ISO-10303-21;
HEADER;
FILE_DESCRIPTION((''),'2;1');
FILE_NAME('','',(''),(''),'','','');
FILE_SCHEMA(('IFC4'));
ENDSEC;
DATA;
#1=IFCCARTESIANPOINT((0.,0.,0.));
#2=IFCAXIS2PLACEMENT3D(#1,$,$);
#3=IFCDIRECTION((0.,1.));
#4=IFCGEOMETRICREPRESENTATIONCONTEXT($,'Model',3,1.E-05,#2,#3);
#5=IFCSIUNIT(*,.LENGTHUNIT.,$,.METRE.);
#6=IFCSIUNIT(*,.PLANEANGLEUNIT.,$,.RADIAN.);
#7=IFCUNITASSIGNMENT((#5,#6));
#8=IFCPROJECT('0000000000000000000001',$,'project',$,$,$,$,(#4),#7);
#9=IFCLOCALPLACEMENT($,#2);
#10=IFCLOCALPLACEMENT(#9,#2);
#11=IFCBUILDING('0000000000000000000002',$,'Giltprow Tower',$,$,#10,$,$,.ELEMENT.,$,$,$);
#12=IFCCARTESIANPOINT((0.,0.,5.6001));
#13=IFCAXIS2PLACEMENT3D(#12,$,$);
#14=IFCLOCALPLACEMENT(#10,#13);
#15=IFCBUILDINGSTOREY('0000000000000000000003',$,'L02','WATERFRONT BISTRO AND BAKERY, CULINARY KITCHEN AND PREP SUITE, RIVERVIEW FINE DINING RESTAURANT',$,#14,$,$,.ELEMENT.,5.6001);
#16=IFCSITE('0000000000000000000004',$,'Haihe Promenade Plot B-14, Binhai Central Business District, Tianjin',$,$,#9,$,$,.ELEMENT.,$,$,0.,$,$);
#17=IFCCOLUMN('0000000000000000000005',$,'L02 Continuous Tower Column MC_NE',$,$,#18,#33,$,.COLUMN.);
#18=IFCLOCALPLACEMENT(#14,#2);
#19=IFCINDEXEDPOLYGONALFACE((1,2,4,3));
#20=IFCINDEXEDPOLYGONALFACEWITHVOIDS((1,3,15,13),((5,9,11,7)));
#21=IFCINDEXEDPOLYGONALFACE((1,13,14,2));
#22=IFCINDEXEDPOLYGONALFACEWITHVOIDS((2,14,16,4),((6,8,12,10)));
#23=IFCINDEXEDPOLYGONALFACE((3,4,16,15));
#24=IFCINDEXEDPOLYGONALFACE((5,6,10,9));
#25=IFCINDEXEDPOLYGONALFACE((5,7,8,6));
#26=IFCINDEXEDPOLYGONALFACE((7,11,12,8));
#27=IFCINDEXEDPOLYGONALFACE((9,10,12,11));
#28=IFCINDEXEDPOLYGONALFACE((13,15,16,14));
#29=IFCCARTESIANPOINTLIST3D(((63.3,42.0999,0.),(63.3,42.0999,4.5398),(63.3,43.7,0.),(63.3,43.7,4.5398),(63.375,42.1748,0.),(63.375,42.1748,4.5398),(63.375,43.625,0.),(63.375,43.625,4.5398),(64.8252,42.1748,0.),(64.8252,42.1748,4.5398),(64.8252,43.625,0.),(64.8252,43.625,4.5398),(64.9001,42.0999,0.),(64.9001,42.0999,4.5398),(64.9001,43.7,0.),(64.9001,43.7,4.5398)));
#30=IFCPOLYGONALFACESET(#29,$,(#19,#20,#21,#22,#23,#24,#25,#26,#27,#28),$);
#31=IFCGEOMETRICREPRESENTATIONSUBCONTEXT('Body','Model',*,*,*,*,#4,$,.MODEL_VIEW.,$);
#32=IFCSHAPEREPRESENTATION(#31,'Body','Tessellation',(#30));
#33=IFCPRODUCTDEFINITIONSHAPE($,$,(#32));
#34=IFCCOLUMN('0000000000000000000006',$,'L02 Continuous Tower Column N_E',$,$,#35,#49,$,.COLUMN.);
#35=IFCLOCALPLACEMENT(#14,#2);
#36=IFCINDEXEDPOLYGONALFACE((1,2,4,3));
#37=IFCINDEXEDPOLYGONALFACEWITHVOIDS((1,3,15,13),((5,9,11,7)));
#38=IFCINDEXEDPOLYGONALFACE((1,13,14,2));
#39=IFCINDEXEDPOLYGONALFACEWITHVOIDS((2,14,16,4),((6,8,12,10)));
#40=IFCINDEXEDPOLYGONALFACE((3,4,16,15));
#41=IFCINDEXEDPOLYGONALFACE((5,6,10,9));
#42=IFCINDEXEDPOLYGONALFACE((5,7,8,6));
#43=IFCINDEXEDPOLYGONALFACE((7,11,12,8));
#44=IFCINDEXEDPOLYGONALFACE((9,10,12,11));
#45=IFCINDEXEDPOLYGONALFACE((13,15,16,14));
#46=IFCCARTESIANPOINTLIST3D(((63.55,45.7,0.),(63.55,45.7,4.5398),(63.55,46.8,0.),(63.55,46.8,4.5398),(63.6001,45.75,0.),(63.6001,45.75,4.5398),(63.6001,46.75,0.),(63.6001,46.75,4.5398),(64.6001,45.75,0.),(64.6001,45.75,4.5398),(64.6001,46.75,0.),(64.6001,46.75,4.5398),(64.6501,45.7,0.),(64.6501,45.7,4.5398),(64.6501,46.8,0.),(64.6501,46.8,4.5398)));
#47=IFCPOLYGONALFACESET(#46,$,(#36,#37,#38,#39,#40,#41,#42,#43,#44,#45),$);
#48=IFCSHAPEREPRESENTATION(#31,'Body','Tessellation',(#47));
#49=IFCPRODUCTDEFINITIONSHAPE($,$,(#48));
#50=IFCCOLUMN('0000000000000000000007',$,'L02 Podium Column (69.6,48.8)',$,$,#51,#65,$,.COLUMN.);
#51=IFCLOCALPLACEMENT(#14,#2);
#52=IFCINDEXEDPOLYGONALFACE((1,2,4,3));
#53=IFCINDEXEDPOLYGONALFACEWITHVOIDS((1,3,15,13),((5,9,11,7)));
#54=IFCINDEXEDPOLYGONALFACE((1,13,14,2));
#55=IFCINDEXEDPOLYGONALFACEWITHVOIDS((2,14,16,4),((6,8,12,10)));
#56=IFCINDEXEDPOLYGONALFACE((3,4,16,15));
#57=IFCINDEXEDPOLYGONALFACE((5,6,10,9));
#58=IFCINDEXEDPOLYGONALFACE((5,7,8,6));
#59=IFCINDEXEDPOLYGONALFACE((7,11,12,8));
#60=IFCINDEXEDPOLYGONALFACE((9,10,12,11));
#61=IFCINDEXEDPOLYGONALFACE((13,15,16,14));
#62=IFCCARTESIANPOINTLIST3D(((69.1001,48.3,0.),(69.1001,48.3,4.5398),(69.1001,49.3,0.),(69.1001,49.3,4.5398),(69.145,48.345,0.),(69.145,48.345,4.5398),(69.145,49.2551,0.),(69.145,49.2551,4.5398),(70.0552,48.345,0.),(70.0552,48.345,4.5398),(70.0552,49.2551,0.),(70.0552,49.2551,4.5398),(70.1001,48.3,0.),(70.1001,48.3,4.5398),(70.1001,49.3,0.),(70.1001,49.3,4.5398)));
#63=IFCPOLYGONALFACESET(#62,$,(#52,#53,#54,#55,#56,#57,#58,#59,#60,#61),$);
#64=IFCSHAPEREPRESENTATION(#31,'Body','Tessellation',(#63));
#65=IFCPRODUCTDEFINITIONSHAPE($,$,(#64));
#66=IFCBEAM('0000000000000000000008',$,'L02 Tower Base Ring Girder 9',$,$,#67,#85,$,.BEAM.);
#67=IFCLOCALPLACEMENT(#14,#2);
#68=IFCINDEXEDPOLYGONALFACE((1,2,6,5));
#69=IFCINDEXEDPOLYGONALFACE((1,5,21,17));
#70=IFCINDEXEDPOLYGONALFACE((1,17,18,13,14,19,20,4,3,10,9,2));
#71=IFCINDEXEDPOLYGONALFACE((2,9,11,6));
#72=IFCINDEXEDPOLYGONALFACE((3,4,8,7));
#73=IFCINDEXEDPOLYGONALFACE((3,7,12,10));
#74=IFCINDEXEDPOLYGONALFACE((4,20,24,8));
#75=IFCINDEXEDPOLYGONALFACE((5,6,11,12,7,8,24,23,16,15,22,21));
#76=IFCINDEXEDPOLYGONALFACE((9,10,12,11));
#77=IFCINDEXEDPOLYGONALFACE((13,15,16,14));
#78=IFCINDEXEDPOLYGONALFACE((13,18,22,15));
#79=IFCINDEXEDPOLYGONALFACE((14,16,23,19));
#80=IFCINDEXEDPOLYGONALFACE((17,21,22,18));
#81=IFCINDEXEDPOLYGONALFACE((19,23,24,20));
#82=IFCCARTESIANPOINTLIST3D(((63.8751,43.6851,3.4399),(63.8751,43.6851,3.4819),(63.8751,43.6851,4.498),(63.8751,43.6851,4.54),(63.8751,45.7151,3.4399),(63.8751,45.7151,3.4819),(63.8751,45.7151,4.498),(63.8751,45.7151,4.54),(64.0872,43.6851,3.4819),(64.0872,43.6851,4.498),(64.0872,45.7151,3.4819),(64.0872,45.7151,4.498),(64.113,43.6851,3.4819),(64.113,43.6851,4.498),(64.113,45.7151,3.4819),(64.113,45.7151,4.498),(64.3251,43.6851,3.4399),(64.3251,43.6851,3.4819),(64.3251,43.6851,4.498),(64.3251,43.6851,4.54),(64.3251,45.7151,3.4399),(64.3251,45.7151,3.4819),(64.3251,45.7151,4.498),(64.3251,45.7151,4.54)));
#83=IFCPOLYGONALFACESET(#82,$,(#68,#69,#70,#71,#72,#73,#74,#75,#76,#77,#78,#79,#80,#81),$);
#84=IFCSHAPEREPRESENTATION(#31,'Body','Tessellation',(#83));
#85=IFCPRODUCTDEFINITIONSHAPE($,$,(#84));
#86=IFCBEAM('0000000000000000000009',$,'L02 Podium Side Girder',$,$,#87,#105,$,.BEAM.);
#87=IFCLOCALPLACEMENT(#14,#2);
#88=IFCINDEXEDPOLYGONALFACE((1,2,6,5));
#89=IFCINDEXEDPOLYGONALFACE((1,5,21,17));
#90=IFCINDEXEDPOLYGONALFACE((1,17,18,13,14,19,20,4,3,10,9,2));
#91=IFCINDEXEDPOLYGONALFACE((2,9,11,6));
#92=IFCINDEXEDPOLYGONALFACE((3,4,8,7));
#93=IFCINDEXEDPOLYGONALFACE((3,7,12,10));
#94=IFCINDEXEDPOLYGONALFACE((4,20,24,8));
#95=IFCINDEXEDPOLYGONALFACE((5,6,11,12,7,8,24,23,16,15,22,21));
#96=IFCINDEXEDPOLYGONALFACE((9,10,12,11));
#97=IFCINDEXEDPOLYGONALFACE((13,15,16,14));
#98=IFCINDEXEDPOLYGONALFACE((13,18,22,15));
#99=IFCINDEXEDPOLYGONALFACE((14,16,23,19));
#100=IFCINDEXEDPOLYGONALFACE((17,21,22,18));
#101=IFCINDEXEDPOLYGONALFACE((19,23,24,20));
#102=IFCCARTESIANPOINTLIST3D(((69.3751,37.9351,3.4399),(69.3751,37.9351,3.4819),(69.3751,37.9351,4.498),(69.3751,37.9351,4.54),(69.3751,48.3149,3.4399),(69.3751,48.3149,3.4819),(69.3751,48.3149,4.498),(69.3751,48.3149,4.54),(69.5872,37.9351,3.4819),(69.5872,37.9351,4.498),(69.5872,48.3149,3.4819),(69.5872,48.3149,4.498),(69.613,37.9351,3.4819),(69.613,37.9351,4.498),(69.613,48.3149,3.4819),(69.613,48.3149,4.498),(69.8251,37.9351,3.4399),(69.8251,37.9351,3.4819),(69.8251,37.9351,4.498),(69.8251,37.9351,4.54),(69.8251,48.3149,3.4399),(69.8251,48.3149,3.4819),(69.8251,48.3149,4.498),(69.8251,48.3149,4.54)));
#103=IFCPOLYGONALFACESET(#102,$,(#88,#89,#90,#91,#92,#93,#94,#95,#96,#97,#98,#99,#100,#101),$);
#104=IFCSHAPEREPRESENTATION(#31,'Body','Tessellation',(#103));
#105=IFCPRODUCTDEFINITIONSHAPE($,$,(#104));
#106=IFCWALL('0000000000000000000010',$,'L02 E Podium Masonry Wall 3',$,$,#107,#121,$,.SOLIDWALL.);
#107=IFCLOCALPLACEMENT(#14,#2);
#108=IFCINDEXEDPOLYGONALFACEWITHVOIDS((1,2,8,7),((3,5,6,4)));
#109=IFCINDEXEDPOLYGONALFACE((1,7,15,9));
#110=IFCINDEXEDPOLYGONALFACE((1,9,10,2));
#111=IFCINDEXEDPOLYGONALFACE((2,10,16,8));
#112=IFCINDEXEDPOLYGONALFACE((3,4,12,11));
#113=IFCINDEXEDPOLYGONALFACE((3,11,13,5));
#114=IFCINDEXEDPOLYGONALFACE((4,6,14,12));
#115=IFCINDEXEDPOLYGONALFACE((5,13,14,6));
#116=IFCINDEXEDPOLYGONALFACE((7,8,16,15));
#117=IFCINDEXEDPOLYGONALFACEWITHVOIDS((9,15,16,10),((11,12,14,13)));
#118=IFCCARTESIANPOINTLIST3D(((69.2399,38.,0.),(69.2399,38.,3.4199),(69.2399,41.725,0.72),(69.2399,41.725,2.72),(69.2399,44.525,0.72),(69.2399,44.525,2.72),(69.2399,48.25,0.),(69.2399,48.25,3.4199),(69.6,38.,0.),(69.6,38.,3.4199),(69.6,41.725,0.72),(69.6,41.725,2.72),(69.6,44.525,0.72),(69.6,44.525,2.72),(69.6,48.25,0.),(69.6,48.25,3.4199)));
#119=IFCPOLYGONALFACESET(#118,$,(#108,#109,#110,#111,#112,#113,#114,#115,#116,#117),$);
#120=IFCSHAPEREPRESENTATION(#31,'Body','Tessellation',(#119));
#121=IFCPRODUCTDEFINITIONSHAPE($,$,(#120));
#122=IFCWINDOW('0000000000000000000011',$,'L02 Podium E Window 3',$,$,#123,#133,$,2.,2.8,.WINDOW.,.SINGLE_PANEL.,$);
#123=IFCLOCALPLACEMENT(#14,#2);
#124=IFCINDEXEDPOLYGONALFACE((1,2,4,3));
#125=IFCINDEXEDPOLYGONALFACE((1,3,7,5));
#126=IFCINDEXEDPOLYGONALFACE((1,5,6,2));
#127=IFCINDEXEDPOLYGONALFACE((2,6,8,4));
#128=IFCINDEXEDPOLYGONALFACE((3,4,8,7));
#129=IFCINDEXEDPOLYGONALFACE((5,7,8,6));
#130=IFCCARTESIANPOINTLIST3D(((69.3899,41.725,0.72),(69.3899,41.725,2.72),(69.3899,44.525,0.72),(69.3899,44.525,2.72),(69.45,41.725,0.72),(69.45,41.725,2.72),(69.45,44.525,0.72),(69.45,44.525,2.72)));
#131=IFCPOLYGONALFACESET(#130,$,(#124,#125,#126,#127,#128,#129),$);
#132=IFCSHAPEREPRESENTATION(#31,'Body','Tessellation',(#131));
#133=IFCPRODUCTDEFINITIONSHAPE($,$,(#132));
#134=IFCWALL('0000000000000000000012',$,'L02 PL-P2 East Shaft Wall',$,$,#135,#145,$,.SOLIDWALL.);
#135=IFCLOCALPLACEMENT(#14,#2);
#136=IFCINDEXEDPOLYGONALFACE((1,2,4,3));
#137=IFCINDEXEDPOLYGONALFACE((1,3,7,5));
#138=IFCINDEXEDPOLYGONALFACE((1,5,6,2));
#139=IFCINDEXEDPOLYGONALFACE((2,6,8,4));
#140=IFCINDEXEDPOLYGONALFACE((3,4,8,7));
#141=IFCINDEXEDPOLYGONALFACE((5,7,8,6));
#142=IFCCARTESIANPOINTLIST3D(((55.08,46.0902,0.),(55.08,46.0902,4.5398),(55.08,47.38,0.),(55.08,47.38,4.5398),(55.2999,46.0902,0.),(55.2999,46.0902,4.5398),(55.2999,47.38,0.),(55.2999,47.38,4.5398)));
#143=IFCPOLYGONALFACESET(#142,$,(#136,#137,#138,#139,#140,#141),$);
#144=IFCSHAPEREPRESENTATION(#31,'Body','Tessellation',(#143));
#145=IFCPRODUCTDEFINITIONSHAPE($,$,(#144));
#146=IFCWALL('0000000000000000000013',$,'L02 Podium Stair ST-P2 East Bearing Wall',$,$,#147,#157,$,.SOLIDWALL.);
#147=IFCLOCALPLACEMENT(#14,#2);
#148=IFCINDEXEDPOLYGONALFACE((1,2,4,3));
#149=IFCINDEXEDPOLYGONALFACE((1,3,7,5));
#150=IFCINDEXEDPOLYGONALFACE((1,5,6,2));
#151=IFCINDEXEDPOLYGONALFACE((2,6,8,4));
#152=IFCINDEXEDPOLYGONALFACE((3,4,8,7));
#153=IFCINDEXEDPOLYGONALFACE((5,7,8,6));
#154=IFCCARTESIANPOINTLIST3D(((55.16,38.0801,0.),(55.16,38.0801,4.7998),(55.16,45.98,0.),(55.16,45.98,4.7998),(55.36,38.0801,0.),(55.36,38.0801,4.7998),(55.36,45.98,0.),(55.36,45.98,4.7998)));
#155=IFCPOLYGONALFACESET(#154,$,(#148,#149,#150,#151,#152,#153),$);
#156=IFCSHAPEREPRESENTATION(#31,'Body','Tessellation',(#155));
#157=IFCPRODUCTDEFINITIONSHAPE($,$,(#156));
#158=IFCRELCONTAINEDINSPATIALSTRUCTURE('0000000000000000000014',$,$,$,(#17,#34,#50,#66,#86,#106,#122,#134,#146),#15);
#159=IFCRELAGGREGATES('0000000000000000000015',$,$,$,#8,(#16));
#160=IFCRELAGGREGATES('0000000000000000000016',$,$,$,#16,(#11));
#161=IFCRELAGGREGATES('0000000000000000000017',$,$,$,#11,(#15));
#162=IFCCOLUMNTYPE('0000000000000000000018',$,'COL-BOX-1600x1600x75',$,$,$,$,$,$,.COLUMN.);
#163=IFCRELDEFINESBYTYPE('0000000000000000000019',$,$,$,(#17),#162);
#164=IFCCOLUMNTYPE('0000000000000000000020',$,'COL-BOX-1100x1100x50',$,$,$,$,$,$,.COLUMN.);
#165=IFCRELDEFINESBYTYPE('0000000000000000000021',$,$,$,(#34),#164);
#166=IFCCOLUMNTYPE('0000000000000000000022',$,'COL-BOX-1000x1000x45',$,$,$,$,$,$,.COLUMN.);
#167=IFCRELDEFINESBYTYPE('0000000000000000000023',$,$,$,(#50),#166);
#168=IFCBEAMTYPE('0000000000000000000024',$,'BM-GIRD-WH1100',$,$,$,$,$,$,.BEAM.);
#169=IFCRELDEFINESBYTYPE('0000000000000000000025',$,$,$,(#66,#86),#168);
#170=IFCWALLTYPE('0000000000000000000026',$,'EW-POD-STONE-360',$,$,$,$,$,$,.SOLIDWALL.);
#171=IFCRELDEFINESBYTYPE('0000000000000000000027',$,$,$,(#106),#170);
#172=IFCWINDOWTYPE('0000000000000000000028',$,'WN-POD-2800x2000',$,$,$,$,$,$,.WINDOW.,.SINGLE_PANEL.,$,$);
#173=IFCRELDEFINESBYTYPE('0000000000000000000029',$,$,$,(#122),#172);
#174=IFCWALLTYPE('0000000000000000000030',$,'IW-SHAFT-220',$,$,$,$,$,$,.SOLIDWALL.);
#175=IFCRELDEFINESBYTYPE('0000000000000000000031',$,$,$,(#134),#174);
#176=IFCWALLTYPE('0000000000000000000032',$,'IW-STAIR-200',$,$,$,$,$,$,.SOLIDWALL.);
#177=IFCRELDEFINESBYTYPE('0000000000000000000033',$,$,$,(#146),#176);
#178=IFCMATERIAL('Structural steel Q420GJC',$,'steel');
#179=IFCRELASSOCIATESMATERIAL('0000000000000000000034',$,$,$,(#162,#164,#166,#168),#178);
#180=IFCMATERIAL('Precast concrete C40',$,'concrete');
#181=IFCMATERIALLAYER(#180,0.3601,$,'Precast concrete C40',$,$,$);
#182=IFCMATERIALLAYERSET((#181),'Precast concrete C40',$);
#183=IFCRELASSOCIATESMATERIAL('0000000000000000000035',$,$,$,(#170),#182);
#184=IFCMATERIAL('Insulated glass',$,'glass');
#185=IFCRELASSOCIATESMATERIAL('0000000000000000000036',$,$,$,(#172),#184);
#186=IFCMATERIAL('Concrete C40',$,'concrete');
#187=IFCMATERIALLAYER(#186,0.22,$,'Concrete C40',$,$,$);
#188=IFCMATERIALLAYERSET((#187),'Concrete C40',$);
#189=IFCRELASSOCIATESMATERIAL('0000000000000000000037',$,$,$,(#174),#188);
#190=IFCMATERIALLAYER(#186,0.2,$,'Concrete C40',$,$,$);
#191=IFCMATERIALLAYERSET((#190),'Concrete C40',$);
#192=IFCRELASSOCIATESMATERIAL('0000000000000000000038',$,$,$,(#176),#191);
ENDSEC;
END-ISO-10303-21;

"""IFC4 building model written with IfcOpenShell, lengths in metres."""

from ifc_helpers import new_model, si_unit, direction, frame, frame_2d, origin, origin_2d, place, context, subcontext, project, spatial, rectangle, hollow_rectangle, i_section, extrude, source, transform, mapped, material, layer, layer_set, material_profile, profile_set, type_object, element, fill, save


model = new_model("IFC4")

# Units and contexts
model_context = context("Model", 3, precision=1e-05, world=origin(), true_north=direction((0.0, 1.0)))
body_context = subcontext(model_context, "Body", "Model", "MODEL_VIEW")
ifc_project = project(units=[si_unit("LENGTHUNIT", "METRE"), si_unit("PLANEANGLEUNIT", "RADIAN")], contexts=[model_context])

# Site, building, storey
site_placement = place(None, origin())
site = spatial("IfcSite", under=ifc_project, at=site_placement, Name="Haihe Promenade Plot B-14, Binhai Central Business District, Tianjin", CompositionType="ELEMENT", RefElevation=0.0)
building_placement = place(site_placement, origin())
building = spatial("IfcBuilding", under=site, at=building_placement, Name="Giltprow Tower", CompositionType="ELEMENT")
storey_placement = place(building_placement, frame((0.0, 0.0, 5.6001)))
storey = spatial("IfcBuildingStorey", under=building, at=storey_placement, Name="L02", Description="WATERFRONT BISTRO AND BAKERY, CULINARY KITCHEN AND PREP SUITE, RIVERVIEW FINE DINING RESTAURANT", CompositionType="ELEMENT", Elevation=5.6001)

# Columns
ifc_material_1 = material(Name="Structural steel Q420GJC", Category="steel")
ifc_material_profile_1 = material_profile(ifc_material_1, hollow_rectangle(XDim=1.6001, YDim=1.6001, WallThickness=0.075, at=origin_2d()), Name="BOX 1600x1600x75")
ifc_profile_set_1 = profile_set([ifc_material_profile_1], Name="Structural steel Q420GJC")
column_type_1 = type_object("IfcColumnType", Name="COL-BOX-1600x1600x75", PredefinedType="COLUMN", material=ifc_profile_set_1)
shared_shape_1 = source(origin(), body_context, "Body", "SweptSolid", [
    extrude(hollow_rectangle(XDim=1.6001, YDim=1.6001, WallThickness=0.075, at=origin_2d()), origin(), (0.0, 0.0, 1.0), 4.5398),
])
column_1_placement = place(storey_placement, frame((64.1001, 42.8999, 0.0), z_axis=(0.0, 0.0, 1.0), x_axis=(1.0, 0.0, 0.0)))
element("IfcColumn", 1, at=column_1_placement, inside=storey, type_object=column_type_1, Name="L02 Continuous Tower Column MC_NE", PredefinedType="COLUMN", context=body_context, shape_type="MappedRepresentation", body=[
    mapped(shared_shape_1, transform((0.0, 0.0, 0.0), x_axis=(1.0, 0.0, 0.0), y_axis=(0.0, 1.0, 0.0), z_axis=(0.0, 0.0, 1.0), scale=1.0)),
])
ifc_material_profile_2 = material_profile(ifc_material_1, hollow_rectangle(XDim=1.1001, YDim=1.1001, WallThickness=0.05, at=origin_2d()), Name="BOX 1100x1100x50")
ifc_profile_set_2 = profile_set([ifc_material_profile_2], Name="Structural steel Q420GJC")
column_type_2 = type_object("IfcColumnType", Name="COL-BOX-1100x1100x50", PredefinedType="COLUMN", material=ifc_profile_set_2)
shared_shape_2 = source(origin(), body_context, "Body", "SweptSolid", [
    extrude(hollow_rectangle(XDim=1.1001, YDim=1.1001, WallThickness=0.05, at=origin_2d()), origin(), (0.0, 0.0, 1.0), 4.5398),
])
column_2_placement = place(storey_placement, frame((64.1001, 46.25, 0.0), z_axis=(0.0, 0.0, 1.0), x_axis=(1.0, 0.0, 0.0)))
element("IfcColumn", 2, at=column_2_placement, inside=storey, type_object=column_type_2, Name="L02 Continuous Tower Column N_E", PredefinedType="COLUMN", context=body_context, shape_type="MappedRepresentation", body=[
    mapped(shared_shape_2, transform((0.0, 0.0, 0.0), x_axis=(1.0, 0.0, 0.0), y_axis=(0.0, 1.0, 0.0), z_axis=(0.0, 0.0, 1.0), scale=1.0)),
])
ifc_material_profile_3 = material_profile(ifc_material_1, hollow_rectangle(XDim=1.0, YDim=1.0, WallThickness=0.0449, at=origin_2d()), Name="BOX 1000x1000x45")
ifc_profile_set_3 = profile_set([ifc_material_profile_3], Name="Structural steel Q420GJC")
column_type_3 = type_object("IfcColumnType", Name="COL-BOX-1000x1000x45", PredefinedType="COLUMN", material=ifc_profile_set_3)
shared_shape_3 = source(origin(), body_context, "Body", "SweptSolid", [
    extrude(hollow_rectangle(XDim=1.0, YDim=1.0, WallThickness=0.0449, at=origin_2d()), origin(), (0.0, 0.0, 1.0), 4.5398),
])
column_3_placement = place(storey_placement, frame((69.6001, 48.8, 0.0), z_axis=(0.0, 0.0, 1.0), x_axis=(1.0, 0.0, 0.0)))
element("IfcColumn", 3, at=column_3_placement, inside=storey, type_object=column_type_3, Name="L02 Podium Column (69.6,48.8)", PredefinedType="COLUMN", context=body_context, shape_type="MappedRepresentation", body=[
    mapped(shared_shape_3, transform((0.0, 0.0, 0.0), x_axis=(1.0, 0.0, 0.0), y_axis=(0.0, 1.0, 0.0), z_axis=(0.0, 0.0, 1.0), scale=1.0)),
])

# Beams
ifc_material_profile_4 = material_profile(ifc_material_1, i_section(OverallWidth=0.45, OverallDepth=1.1001, WebThickness=0.0259, FlangeThickness=0.042, at=origin_2d()), Name="WH 1100x450x26x42")
ifc_profile_set_4 = profile_set([ifc_material_profile_4], Name="Structural steel Q420GJC")
beam_type = type_object("IfcBeamType", Name="BM-GIRD-WH1100", PredefinedType="BEAM", material=ifc_profile_set_4)
shared_shape_4 = source(origin(), body_context, "Body", "SweptSolid", [
    extrude(i_section(OverallWidth=0.45, OverallDepth=1.1001, WebThickness=0.0259, FlangeThickness=0.042, at=origin_2d()), origin(), (0.0, 0.0, 1.0), 2.03),
])
beam_1_placement = place(storey_placement, frame((64.1001, 43.6851, 3.99), z_axis=(0.0, 1.0, 0.0), x_axis=(-1.0, 0.0, 0.0)))
element("IfcBeam", 4, at=beam_1_placement, inside=storey, type_object=beam_type, Name="L02 Tower Base Ring Girder 9", PredefinedType="BEAM", context=body_context, shape_type="MappedRepresentation", body=[
    mapped(shared_shape_4, transform((0.0, 0.0, 0.0), x_axis=(1.0, 0.0, 0.0), y_axis=(0.0, 1.0, 0.0), z_axis=(0.0, 0.0, 1.0), scale=1.0)),
])
shared_shape_5 = source(origin(), body_context, "Body", "SweptSolid", [
    extrude(i_section(OverallWidth=0.45, OverallDepth=1.1001, WebThickness=0.0259, FlangeThickness=0.042, at=origin_2d()), origin(), (0.0, 0.0, 1.0), 10.3799),
])
beam_2_placement = place(storey_placement, frame((69.6001, 37.9351, 3.99), z_axis=(0.0, 1.0, 0.0), x_axis=(-1.0, 0.0, 0.0)))
element("IfcBeam", 5, at=beam_2_placement, inside=storey, type_object=beam_type, Name="L02 Podium Side Girder", PredefinedType="BEAM", context=body_context, shape_type="MappedRepresentation", body=[
    mapped(shared_shape_5, transform((0.0, 0.0, 0.0), x_axis=(1.0, 0.0, 0.0), y_axis=(0.0, 1.0, 0.0), z_axis=(0.0, 0.0, 1.0), scale=1.0)),
])

# Wall, opening, window
ifc_material_2 = material(Name="Precast concrete C40", Category="concrete")
ifc_layer_1 = layer(ifc_material_2, 0.3601, Name="Precast concrete C40")
ifc_layer_set_1 = layer_set([ifc_layer_1], Name="Precast concrete C40")
wall_type_1 = type_object("IfcWallType", Name="EW-POD-STONE-360", PredefinedType="SOLIDWALL", material=ifc_layer_set_1)
wall_1_placement = place(storey_placement, frame((69.4199, 38.0, 0.0), z_axis=(0.0, 0.0, 1.0), x_axis=(0.0, 1.0, 0.0)))
wall_1 = element("IfcWall", 6, at=wall_1_placement, inside=storey, type_object=wall_type_1, Name="L02 E Podium Masonry Wall 3", PredefinedType="SOLIDWALL", context=body_context, shape_type="SweptSolid", body=[
    extrude(rectangle(XDim=10.25, YDim=0.3601, at=frame_2d((5.125, 0.0))), origin(), (0.0, 0.0, 1.0), 3.4199),
])
opening_1_placement = place(wall_1_placement, frame((3.7251, 0.0, 0.72)))
opening_1 = element("IfcOpeningElement", 7, at=opening_1_placement, cuts=wall_1, PredefinedType="OPENING", context=body_context, shape_type="SweptSolid", body=[
    extrude(rectangle(XDim=2.8, YDim=2.0, at=frame_2d((1.3999, 1.0))), frame((0.0, 0.1899, 0.0), z_axis=(0.0, -1.0, 0.0), x_axis=(1.0, 0.0, 0.0)), (0.0, 0.0, 1.0), 0.3801),
])
ifc_material_3 = material(Name="Insulated glass", Category="glass")
window_type = type_object("IfcWindowType", Name="WN-POD-2800x2000", PartitioningType="SINGLE_PANEL", PredefinedType="WINDOW", material=ifc_material_3)
shared_shape_6 = source(origin(), body_context, "Body", "SweptSolid", [
    extrude(rectangle(XDim=2.8, YDim=2.0, at=frame_2d((1.3999, 1.0))), frame((0.0, 0.03, 0.0), z_axis=(0.0, -1.0, 0.0), x_axis=(1.0, 0.0, 0.0)), (0.0, 0.0, 1.0), 0.0601),
])
window_placement = place(opening_1_placement, origin())
window = element("IfcWindow", 8, at=window_placement, inside=storey, type_object=window_type, Name="L02 Podium E Window 3", OverallHeight=2.0, OverallWidth=2.8, PartitioningType="SINGLE_PANEL", PredefinedType="WINDOW", context=body_context, shape_type="MappedRepresentation", body=[
    mapped(shared_shape_6, transform((0.0, 0.0, 0.0), x_axis=(1.0, 0.0, 0.0), y_axis=(0.0, 1.0, 0.0), z_axis=(0.0, 0.0, 1.0), scale=1.0)),
])
fill(opening_1, window)

# Walls
ifc_material_4 = material(Name="Concrete C40", Category="concrete")
ifc_layer_2 = layer(ifc_material_4, 0.22, Name="Concrete C40")
ifc_layer_set_2 = layer_set([ifc_layer_2], Name="Concrete C40")
wall_type_2 = type_object("IfcWallType", Name="IW-SHAFT-220", PredefinedType="SOLIDWALL", material=ifc_layer_set_2)
wall_2_placement = place(storey_placement, frame((55.1899, 46.0901, 0.0), z_axis=(0.0, 0.0, 1.0), x_axis=(0.0, 1.0, 0.0)))
element("IfcWall", 9, at=wall_2_placement, inside=storey, type_object=wall_type_2, Name="L02 PL-P2 East Shaft Wall", PredefinedType="SOLIDWALL", context=body_context, shape_type="SweptSolid", body=[
    extrude(rectangle(XDim=1.2898, YDim=0.22, at=frame_2d((0.645, 0.0))), origin(), (0.0, 0.0, 1.0), 4.5398),
])
ifc_layer_3 = layer(ifc_material_4, 0.2, Name="Concrete C40")
ifc_layer_set_3 = layer_set([ifc_layer_3], Name="Concrete C40")
wall_type_3 = type_object("IfcWallType", Name="IW-STAIR-200", PredefinedType="SOLIDWALL", material=ifc_layer_set_3)
wall_3_placement = place(storey_placement, frame((55.26, 38.0801, 0.0), z_axis=(0.0, 0.0, 1.0), x_axis=(0.0, 1.0, 0.0)))
element("IfcWall", 10, at=wall_3_placement, inside=storey, type_object=wall_type_3, Name="L02 Podium Stair ST-P2 East Bearing Wall", PredefinedType="SOLIDWALL", context=body_context, shape_type="SweptSolid", body=[
    extrude(rectangle(XDim=7.8999, YDim=0.2, at=frame_2d((3.95, 0.0))), origin(), (0.0, 0.0, 1.0), 4.7998),
])

save(model, "model.ifc")
